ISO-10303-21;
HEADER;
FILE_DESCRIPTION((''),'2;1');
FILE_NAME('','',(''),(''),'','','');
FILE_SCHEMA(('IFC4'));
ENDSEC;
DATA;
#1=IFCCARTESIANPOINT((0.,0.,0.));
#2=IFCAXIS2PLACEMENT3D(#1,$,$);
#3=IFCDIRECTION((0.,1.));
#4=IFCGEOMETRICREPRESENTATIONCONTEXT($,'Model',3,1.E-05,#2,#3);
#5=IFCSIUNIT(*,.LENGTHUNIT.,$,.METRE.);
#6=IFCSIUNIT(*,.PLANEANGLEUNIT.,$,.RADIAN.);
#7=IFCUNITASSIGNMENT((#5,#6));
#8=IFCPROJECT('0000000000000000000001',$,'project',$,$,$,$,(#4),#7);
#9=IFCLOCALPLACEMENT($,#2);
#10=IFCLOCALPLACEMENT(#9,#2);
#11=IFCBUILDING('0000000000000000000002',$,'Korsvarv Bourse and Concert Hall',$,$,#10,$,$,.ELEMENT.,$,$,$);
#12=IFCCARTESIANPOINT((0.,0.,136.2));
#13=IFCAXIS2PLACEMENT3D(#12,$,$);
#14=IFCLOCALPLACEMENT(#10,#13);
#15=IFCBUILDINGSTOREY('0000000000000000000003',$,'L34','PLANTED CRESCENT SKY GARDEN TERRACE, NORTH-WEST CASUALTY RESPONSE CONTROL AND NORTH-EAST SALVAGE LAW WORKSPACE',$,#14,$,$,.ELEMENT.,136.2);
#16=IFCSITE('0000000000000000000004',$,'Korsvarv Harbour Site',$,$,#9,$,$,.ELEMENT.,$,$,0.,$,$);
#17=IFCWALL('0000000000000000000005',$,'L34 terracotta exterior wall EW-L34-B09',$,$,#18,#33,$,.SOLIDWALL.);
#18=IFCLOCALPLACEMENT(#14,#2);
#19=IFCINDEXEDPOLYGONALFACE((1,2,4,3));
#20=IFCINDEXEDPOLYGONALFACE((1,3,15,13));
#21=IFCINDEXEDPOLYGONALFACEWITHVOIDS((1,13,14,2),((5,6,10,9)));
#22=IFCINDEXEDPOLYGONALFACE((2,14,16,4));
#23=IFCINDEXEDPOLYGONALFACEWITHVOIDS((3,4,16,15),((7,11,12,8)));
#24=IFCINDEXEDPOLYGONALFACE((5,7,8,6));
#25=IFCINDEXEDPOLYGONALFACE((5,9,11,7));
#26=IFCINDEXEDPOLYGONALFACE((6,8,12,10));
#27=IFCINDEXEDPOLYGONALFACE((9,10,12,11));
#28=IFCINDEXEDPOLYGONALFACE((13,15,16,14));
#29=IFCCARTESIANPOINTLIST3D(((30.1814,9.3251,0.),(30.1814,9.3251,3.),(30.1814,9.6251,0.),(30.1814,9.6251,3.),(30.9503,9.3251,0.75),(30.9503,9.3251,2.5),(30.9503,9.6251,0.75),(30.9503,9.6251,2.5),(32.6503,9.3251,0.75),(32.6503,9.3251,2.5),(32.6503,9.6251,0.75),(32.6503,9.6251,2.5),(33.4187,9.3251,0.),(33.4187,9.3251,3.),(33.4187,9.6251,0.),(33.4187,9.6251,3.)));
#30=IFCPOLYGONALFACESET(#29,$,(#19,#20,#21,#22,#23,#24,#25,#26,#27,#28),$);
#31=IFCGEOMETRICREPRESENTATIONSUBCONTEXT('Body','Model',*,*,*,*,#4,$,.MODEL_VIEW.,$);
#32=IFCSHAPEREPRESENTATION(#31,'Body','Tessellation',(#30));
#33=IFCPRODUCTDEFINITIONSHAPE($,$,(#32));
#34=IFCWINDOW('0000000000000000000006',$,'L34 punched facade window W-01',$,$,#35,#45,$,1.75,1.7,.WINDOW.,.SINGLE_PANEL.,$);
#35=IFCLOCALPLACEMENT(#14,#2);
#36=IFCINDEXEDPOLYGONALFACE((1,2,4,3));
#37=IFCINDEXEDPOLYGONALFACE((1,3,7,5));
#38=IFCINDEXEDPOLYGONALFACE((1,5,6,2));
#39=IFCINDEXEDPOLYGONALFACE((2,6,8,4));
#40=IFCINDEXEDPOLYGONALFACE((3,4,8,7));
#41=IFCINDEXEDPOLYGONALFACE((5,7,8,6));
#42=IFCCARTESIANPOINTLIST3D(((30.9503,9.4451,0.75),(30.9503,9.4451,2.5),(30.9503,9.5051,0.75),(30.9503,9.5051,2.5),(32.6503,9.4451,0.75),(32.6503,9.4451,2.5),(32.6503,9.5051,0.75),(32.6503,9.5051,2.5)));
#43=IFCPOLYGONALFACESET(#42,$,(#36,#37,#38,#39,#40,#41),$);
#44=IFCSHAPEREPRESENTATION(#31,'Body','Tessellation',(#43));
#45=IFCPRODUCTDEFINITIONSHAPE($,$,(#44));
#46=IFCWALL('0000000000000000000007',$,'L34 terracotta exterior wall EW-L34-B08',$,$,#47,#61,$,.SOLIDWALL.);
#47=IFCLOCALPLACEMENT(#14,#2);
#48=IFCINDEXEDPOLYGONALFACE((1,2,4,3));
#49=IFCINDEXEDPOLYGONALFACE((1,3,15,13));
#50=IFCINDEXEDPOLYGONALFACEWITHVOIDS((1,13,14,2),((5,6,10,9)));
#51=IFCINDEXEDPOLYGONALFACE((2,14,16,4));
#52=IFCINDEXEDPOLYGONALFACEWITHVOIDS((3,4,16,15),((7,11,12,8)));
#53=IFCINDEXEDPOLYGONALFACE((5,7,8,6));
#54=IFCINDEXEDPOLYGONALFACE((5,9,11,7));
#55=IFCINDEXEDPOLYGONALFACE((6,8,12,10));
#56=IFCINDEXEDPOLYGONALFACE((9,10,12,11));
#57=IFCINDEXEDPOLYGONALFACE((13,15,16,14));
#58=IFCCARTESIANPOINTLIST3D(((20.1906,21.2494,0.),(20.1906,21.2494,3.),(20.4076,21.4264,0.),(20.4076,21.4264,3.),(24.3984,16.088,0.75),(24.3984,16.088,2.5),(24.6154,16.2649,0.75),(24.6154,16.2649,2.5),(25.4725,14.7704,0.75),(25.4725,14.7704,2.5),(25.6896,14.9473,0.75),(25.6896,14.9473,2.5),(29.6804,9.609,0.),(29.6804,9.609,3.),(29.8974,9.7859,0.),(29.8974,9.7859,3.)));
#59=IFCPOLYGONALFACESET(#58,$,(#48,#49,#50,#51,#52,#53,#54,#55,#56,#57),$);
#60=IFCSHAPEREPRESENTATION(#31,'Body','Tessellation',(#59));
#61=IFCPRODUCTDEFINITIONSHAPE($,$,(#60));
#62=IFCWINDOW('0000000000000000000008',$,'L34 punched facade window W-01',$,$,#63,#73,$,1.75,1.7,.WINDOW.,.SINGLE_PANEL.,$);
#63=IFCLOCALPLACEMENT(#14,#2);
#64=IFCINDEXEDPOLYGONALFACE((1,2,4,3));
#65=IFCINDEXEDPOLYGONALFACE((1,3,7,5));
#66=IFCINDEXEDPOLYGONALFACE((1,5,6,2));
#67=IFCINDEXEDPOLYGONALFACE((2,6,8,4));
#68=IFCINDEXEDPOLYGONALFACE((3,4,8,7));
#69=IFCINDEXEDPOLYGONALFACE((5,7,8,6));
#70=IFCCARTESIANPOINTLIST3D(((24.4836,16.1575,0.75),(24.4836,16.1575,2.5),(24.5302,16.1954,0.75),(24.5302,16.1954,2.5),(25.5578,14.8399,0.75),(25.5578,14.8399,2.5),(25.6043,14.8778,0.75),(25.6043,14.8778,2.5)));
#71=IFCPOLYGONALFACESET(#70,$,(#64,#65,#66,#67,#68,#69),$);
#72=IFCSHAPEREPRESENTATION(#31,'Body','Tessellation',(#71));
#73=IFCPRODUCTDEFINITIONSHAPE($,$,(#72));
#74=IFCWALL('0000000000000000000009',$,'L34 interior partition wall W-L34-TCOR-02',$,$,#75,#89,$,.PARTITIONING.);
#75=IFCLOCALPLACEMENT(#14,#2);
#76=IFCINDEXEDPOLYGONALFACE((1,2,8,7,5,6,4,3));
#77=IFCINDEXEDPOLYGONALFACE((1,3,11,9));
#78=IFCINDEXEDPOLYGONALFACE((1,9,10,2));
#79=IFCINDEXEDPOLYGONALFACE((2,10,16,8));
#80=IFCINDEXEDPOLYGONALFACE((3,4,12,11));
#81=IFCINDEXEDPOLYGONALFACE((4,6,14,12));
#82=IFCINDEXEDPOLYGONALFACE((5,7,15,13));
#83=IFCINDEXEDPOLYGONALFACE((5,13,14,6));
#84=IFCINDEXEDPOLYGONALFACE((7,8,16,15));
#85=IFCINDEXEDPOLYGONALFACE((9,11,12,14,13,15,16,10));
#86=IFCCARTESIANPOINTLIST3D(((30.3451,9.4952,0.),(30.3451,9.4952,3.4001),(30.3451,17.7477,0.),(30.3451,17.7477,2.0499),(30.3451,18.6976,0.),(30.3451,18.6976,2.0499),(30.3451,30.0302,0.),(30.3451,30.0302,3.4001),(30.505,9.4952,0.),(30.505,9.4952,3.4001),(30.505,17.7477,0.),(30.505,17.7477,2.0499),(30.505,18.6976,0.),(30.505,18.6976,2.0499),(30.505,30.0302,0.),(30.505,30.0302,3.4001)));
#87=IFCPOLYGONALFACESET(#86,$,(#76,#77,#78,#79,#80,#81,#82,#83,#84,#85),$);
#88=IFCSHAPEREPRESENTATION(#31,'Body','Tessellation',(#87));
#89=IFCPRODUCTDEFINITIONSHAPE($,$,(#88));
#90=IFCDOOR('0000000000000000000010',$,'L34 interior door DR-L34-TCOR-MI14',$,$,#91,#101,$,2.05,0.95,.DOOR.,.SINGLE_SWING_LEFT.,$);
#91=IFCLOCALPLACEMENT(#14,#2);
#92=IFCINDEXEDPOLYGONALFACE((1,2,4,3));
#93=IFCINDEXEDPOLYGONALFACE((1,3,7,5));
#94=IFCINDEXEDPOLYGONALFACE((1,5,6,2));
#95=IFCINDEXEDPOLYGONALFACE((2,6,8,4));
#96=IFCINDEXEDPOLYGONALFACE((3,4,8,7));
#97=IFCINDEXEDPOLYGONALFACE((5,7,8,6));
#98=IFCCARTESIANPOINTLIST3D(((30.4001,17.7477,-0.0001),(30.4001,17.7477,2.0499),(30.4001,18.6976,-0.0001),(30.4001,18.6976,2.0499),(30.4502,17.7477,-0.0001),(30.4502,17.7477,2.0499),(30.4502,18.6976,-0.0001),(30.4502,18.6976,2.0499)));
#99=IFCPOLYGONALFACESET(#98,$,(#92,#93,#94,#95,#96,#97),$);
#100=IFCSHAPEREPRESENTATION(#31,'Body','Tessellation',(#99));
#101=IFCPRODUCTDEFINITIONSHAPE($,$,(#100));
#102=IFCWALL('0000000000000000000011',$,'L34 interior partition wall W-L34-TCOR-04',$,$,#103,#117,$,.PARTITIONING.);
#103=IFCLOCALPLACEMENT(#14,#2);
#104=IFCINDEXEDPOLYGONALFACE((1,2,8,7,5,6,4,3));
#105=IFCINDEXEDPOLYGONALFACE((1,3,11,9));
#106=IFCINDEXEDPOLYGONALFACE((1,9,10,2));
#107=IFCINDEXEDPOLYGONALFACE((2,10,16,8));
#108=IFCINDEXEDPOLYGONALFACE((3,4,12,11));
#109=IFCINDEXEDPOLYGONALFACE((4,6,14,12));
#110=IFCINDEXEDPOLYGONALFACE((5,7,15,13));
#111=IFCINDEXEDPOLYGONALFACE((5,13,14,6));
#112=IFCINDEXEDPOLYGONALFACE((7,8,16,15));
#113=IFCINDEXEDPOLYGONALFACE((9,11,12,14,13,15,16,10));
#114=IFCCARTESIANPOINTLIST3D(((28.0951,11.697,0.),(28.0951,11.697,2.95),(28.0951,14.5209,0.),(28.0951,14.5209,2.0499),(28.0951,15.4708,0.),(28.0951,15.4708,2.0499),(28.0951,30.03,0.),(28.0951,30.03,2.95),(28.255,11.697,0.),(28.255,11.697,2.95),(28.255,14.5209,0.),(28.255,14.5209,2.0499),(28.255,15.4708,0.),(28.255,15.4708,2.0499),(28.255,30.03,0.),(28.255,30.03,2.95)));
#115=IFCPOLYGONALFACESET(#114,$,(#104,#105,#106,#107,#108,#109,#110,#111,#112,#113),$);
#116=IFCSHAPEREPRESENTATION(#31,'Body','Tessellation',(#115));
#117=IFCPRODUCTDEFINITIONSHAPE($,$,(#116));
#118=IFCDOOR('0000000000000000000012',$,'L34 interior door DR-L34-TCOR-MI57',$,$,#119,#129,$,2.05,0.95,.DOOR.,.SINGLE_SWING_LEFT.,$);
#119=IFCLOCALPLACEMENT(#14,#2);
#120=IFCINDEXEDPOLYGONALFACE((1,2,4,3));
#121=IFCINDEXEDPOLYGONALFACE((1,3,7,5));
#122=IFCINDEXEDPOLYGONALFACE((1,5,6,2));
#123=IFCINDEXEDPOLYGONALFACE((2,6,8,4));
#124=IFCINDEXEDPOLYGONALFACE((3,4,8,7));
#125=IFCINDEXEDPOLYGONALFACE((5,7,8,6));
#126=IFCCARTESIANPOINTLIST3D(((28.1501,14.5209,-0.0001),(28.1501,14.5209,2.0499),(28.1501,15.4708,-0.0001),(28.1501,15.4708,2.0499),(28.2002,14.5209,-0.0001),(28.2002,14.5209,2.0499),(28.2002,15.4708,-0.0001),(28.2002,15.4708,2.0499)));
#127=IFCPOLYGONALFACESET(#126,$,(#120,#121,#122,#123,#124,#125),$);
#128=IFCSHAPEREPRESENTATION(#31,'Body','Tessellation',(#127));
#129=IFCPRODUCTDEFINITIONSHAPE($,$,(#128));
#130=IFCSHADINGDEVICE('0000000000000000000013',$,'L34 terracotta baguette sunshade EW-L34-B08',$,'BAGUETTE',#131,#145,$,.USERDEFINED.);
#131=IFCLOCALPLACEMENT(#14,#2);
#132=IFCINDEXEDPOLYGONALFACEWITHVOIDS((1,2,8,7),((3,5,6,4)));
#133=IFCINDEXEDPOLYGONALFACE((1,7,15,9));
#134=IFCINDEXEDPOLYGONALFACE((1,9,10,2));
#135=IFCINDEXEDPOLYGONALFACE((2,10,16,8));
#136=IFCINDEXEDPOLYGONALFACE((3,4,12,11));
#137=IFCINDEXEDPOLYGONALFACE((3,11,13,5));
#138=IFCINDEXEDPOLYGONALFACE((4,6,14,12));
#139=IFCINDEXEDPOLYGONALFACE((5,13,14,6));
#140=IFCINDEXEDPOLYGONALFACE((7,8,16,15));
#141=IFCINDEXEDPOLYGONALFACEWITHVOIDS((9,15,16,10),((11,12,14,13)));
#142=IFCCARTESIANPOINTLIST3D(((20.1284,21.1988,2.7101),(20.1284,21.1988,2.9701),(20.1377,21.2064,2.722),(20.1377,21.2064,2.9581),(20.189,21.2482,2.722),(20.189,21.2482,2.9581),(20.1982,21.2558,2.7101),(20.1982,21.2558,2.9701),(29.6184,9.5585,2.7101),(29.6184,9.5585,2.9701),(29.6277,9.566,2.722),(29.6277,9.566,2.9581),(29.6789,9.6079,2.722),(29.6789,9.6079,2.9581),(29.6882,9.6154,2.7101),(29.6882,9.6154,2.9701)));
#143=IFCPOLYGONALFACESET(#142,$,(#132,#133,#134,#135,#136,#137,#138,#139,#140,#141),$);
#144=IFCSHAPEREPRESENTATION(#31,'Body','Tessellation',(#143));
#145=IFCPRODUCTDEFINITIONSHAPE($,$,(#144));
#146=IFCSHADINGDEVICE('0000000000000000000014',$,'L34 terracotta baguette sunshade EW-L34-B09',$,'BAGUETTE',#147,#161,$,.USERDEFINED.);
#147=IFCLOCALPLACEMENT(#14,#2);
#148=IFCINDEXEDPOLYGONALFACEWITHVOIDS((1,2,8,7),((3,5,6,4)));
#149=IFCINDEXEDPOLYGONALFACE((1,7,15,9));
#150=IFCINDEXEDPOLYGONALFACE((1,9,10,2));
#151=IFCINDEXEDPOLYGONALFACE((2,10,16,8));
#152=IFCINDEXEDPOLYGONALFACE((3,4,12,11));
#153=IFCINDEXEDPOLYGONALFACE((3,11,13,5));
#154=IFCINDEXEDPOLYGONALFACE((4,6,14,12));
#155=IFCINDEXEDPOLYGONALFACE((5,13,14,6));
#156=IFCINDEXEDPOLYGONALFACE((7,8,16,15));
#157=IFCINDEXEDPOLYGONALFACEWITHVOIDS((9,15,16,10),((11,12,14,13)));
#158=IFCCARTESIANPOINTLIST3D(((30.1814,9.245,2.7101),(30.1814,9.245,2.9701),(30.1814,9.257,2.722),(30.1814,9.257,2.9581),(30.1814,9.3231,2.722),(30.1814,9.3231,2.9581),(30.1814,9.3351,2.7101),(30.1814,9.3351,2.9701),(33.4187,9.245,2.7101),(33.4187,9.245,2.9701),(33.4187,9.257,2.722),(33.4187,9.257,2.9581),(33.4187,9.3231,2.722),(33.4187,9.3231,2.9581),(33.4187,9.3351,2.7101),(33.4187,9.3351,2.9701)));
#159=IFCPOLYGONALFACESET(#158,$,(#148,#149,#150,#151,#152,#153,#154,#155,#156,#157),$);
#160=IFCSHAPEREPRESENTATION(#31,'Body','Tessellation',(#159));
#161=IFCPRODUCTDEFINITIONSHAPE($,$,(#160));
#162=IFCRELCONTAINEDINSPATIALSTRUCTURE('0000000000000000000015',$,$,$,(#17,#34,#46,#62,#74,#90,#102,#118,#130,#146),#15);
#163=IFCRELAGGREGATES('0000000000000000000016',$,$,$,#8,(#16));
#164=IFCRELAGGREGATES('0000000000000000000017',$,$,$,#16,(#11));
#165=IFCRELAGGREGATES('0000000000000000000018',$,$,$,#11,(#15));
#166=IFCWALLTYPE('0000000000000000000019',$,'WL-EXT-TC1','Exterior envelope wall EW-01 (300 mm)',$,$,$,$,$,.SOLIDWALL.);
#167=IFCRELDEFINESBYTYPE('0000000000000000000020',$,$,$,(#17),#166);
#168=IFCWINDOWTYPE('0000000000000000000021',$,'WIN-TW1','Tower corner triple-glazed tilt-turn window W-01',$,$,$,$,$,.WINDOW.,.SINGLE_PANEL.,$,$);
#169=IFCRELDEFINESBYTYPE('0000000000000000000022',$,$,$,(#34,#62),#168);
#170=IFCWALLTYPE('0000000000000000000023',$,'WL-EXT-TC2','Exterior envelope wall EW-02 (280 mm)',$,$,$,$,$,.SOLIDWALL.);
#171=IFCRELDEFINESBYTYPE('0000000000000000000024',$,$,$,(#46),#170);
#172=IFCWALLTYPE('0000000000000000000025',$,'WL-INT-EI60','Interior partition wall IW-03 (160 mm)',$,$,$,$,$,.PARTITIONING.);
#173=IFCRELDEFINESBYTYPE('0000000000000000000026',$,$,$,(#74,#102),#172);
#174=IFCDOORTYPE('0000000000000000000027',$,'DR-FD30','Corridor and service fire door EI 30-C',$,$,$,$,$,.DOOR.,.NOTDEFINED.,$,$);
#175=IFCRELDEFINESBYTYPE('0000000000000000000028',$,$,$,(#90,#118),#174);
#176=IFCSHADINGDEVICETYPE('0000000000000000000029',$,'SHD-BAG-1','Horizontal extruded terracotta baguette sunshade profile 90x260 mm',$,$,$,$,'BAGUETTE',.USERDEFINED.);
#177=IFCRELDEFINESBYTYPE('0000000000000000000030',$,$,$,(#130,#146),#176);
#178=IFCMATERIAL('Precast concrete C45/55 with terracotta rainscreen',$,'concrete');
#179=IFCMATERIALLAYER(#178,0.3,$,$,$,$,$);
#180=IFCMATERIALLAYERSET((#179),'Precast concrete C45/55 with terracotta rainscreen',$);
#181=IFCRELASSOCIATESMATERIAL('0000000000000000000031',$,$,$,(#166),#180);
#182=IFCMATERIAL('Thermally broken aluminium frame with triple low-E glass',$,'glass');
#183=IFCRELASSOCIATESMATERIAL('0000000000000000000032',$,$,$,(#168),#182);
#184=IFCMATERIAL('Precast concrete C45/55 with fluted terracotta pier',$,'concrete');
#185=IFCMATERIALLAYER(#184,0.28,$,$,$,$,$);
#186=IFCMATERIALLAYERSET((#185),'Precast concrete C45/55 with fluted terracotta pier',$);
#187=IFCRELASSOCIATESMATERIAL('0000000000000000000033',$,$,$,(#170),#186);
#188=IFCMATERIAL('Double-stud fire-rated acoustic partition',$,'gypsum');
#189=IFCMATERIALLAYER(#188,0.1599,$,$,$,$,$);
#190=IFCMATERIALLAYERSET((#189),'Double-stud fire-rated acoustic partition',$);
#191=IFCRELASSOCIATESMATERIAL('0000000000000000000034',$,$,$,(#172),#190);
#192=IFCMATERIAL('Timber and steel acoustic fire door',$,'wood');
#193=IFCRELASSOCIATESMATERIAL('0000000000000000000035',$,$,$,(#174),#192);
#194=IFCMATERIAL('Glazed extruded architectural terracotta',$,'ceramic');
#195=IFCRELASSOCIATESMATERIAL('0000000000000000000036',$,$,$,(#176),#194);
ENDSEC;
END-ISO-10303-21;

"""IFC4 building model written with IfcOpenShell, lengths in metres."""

from ifc_helpers import new_model, si_unit, direction, frame, frame_2d, origin, origin_2d, place, context, subcontext, project, spatial, rectangle, hollow_rectangle, extrude, source, transform, mapped, material, layer, layer_set, material_profile, profile_set, type_object, element, fill, save


model = new_model("IFC4")

# Units and contexts
model_context = context("Model", 3, precision=1e-05, world=origin(), true_north=direction((0.0, 1.0)))
body_context = subcontext(model_context, "Body", "Model", "MODEL_VIEW")
ifc_project = project(units=[si_unit("LENGTHUNIT", "METRE"), si_unit("PLANEANGLEUNIT", "RADIAN")], contexts=[model_context])

# Site, building, storey
site_placement = place(None, origin())
site = spatial("IfcSite", under=ifc_project, at=site_placement, Name="Korsvarv Harbour Site", CompositionType="ELEMENT", RefElevation=0.0)
building_placement = place(site_placement, origin())
building = spatial("IfcBuilding", under=site, at=building_placement, Name="Korsvarv Bourse and Concert Hall", CompositionType="ELEMENT")
storey_placement = place(building_placement, frame((0.0, 0.0, 136.2)))
storey = spatial("IfcBuildingStorey", under=building, at=storey_placement, Name="L34", Description="PLANTED CRESCENT SKY GARDEN TERRACE, NORTH-WEST CASUALTY RESPONSE CONTROL AND NORTH-EAST SALVAGE LAW WORKSPACE", CompositionType="ELEMENT", Elevation=136.2)

# Walls, openings, windows
ifc_material_1 = material(Name="Precast concrete C45/55 with terracotta rainscreen", Category="concrete")
ifc_layer_1 = layer(ifc_material_1, 0.3)
ifc_layer_set_1 = layer_set([ifc_layer_1], Name="Precast concrete C45/55 with terracotta rainscreen")
wall_type_1 = type_object("IfcWallType", Name="WL-EXT-TC1", Description="Exterior envelope wall EW-01 (300 mm)", PredefinedType="SOLIDWALL", material=ifc_layer_set_1)
wall_1_placement = place(storey_placement, frame((30.1814, 9.4751, 0.0), z_axis=(0.0, 0.0, 1.0), x_axis=(1.0, 0.0, 0.0)))
wall_1 = element("IfcWall", 1, at=wall_1_placement, inside=storey, type_object=wall_type_1, Name="L34 terracotta exterior wall EW-L34-B09", PredefinedType="SOLIDWALL", context=body_context, shape_type="SweptSolid", body=[
    extrude(rectangle(XDim=3.2373, YDim=0.3, at=frame_2d((1.6187, 0.0))), origin(), (0.0, 0.0, 1.0), 3.0),
])
opening_1_placement = place(wall_1_placement, frame((0.7688, 0.0, 0.75)))
opening_1 = element("IfcOpeningElement", 2, at=opening_1_placement, cuts=wall_1, PredefinedType="OPENING", context=body_context, shape_type="SweptSolid", body=[
    extrude(rectangle(XDim=1.7, YDim=1.75, at=frame_2d((0.8501, 0.875))), frame((0.0, 0.1602, 0.0), z_axis=(0.0, -1.0, 0.0), x_axis=(1.0, 0.0, 0.0)), (0.0, 0.0, 1.0), 0.3201),
])
ifc_material_2 = material(Name="Thermally broken aluminium frame with triple low-E glass", Category="glass")
window_type = type_object("IfcWindowType", Name="WIN-TW1", Description="Tower corner triple-glazed tilt-turn window W-01", PartitioningType="SINGLE_PANEL", PredefinedType="WINDOW", material=ifc_material_2)
window_1_placement = place(opening_1_placement, origin())
window_1 = element("IfcWindow", 3, at=window_1_placement, inside=storey, type_object=window_type, Name="L34 punched facade window W-01", OverallHeight=1.75, OverallWidth=1.7, PartitioningType="SINGLE_PANEL", PredefinedType="WINDOW", context=body_context, shape_type="SweptSolid", body=[
    extrude(rectangle(XDim=1.7, YDim=1.75, at=frame_2d((0.8501, 0.875))), frame((0.0, 0.03, 0.0), z_axis=(0.0, -1.0, 0.0), x_axis=(1.0, 0.0, 0.0)), (0.0, 0.0, 1.0), 0.0601),
])
fill(opening_1, window_1)
ifc_material_3 = material(Name="Precast concrete C45/55 with fluted terracotta pier", Category="concrete")
ifc_layer_2 = layer(ifc_material_3, 0.28)
ifc_layer_set_2 = layer_set([ifc_layer_2], Name="Precast concrete C45/55 with fluted terracotta pier")
wall_type_2 = type_object("IfcWallType", Name="WL-EXT-TC2", Description="Exterior envelope wall EW-02 (280 mm)", PredefinedType="SOLIDWALL", material=ifc_layer_set_2)
wall_2_placement = place(storey_placement, frame((20.2991, 21.3379, 0.0), z_axis=(0.0, 0.0, 1.0), x_axis=(0.631873, -0.775072, 0.0)))
wall_2 = element("IfcWall", 4, at=wall_2_placement, inside=storey, type_object=wall_type_2, Name="L34 terracotta exterior wall EW-L34-B08", PredefinedType="SOLIDWALL", context=body_context, shape_type="SweptSolid", body=[
    extrude(rectangle(XDim=15.0186, YDim=0.28, at=frame_2d((7.5093, 0.0))), origin(), (0.0, 0.0, 1.0), 3.0),
])
opening_2_placement = place(wall_2_placement, frame((6.6592, 0.0, 0.75)))
opening_2 = element("IfcOpeningElement", 5, at=opening_2_placement, cuts=wall_2, PredefinedType="OPENING", context=body_context, shape_type="SweptSolid", body=[
    extrude(rectangle(XDim=1.7, YDim=1.75, at=frame_2d((0.8501, 0.875))), frame((0.0, 0.1499, 0.0), z_axis=(0.0, -1.0, 0.0), x_axis=(1.0, 0.0, 0.0)), (0.0, 0.0, 1.0), 0.3),
])
window_2_placement = place(opening_2_placement, origin())
window_2 = element("IfcWindow", 6, at=window_2_placement, inside=storey, type_object=window_type, Name="L34 punched facade window W-01", OverallHeight=1.75, OverallWidth=1.7, PartitioningType="SINGLE_PANEL", PredefinedType="WINDOW", context=body_context, shape_type="SweptSolid", body=[
    extrude(rectangle(XDim=1.7, YDim=1.75, at=frame_2d((0.8501, 0.875))), frame((0.0, 0.03, 0.0), z_axis=(0.0, -1.0, 0.0), x_axis=(1.0, 0.0, 0.0)), (0.0, 0.0, 1.0), 0.0601),
])
fill(opening_2, window_2)

# Walls, openings, doors
ifc_material_4 = material(Name="Double-stud fire-rated acoustic partition", Category="gypsum")
ifc_layer_3 = layer(ifc_material_4, 0.1599)
ifc_layer_set_3 = layer_set([ifc_layer_3], Name="Double-stud fire-rated acoustic partition")
wall_type_3 = type_object("IfcWallType", Name="WL-INT-EI60", Description="Interior partition wall IW-03 (160 mm)", PredefinedType="PARTITIONING", material=ifc_layer_set_3)
wall_3_placement = place(storey_placement, frame((30.425, 9.4951, 0.0), z_axis=(0.0, 0.0, 1.0), x_axis=(0.0, 1.0, 0.0)))
wall_3 = element("IfcWall", 7, at=wall_3_placement, inside=storey, type_object=wall_type_3, Name="L34 interior partition wall W-L34-TCOR-02", PredefinedType="PARTITIONING", context=body_context, shape_type="SweptSolid", body=[
    extrude(rectangle(XDim=20.5349, YDim=0.1599, at=frame_2d((10.2676, 0.0))), origin(), (0.0, 0.0, 1.0), 3.4001),
])
opening_3_placement = place(wall_3_placement, frame((8.2524, 0.0, 0.0)))
opening_3 = element("IfcOpeningElement", 8, at=opening_3_placement, cuts=wall_3, PredefinedType="OPENING", context=body_context, shape_type="SweptSolid", body=[
    extrude(rectangle(XDim=0.95, YDim=2.05, at=frame_2d((0.4751, 1.0249))), frame((0.0, 0.0898, 0.0), z_axis=(0.0, -1.0, 0.0), x_axis=(1.0, 0.0, 0.0)), (0.0, 0.0, 1.0), 0.1799),
])
ifc_material_5 = material(Name="Timber and steel acoustic fire door", Category="wood")
door_type = type_object("IfcDoorType", Name="DR-FD30", Description="Corridor and service fire door EI 30-C", OperationType="NOTDEFINED", PredefinedType="DOOR", material=ifc_material_5)
door_1_placement = place(opening_3_placement, origin())
door_1 = element("IfcDoor", 9, at=door_1_placement, inside=storey, type_object=door_type, Name="L34 interior door DR-L34-TCOR-MI14", OperationType="SINGLE_SWING_LEFT", OverallHeight=2.05, OverallWidth=0.95, PredefinedType="DOOR", context=body_context, shape_type="SweptSolid", body=[
    extrude(rectangle(XDim=0.95, YDim=2.05, at=frame_2d((0.4751, 1.0249))), frame((0.0, 0.0249, 0.0), z_axis=(0.0, -1.0, 0.0), x_axis=(1.0, 0.0, 0.0)), (0.0, 0.0, 1.0), 0.05),
])
fill(opening_3, door_1)
wall_4_placement = place(storey_placement, frame((28.175, 11.697, 0.0), z_axis=(0.0, 0.0, 1.0), x_axis=(0.0, 1.0, 0.0)))
wall_4 = element("IfcWall", 10, at=wall_4_placement, inside=storey, type_object=wall_type_3, Name="L34 interior partition wall W-L34-TCOR-04", PredefinedType="PARTITIONING", context=body_context, shape_type="SweptSolid", body=[
    extrude(rectangle(XDim=18.333, YDim=0.1599, at=frame_2d((9.1665, 0.0))), origin(), (0.0, 0.0, 1.0), 2.95),
])
opening_4_placement = place(wall_4_placement, frame((2.8237, 0.0, 0.0)))
opening_4 = element("IfcOpeningElement", 11, at=opening_4_placement, cuts=wall_4, PredefinedType="OPENING", context=body_context, shape_type="SweptSolid", body=[
    extrude(rectangle(XDim=0.95, YDim=2.05, at=frame_2d((0.4751, 1.0249))), frame((0.0, 0.0898, 0.0), z_axis=(0.0, -1.0, 0.0), x_axis=(1.0, 0.0, 0.0)), (0.0, 0.0, 1.0), 0.1799),
])
door_2_placement = place(opening_4_placement, origin())
door_2 = element("IfcDoor", 12, at=door_2_placement, inside=storey, type_object=door_type, Name="L34 interior door DR-L34-TCOR-MI57", OperationType="SINGLE_SWING_LEFT", OverallHeight=2.05, OverallWidth=0.95, PredefinedType="DOOR", context=body_context, shape_type="SweptSolid", body=[
    extrude(rectangle(XDim=0.95, YDim=2.05, at=frame_2d((0.4751, 1.0249))), frame((0.0, 0.0249, 0.0), z_axis=(0.0, -1.0, 0.0), x_axis=(1.0, 0.0, 0.0)), (0.0, 0.0, 1.0), 0.05),
])
fill(opening_4, door_2)

# Shading devices
ifc_material_6 = material(Name="Glazed extruded architectural terracotta", Category="ceramic")
ifc_material_profile_1 = material_profile(ifc_material_6, hollow_rectangle(XDim=0.0901, YDim=0.26, WallThickness=0.012, at=origin_2d()), Name="TC-BAG 90x260")
ifc_profile_set_1 = profile_set([ifc_material_profile_1], Name="Glazed extruded architectural terracotta")
shading_device_type = type_object("IfcShadingDeviceType", Name="SHD-BAG-1", Description="Horizontal extruded terracotta baguette sunshade profile 90x260 mm", ElementType="BAGUETTE", PredefinedType="USERDEFINED", material=ifc_profile_set_1)
shared_shape_1 = source(origin(), body_context, "Body", "SweptSolid", [
    extrude(hollow_rectangle(XDim=0.0901, YDim=0.26, WallThickness=0.012, at=origin_2d()), origin(), (0.0, 0.0, 1.0), 15.0186),
])
shading_device_1_placement = place(storey_placement, frame((20.1633, 21.2273, 2.8401), z_axis=(0.631882, -0.775064, 0.0), x_axis=(0.775064, 0.631882, 0.0)))
element("IfcShadingDevice", 13, at=shading_device_1_placement, inside=storey, type_object=shading_device_type, Name="L34 terracotta baguette sunshade EW-L34-B08", ObjectType="BAGUETTE", PredefinedType="USERDEFINED", context=body_context, shape_type="MappedRepresentation", body=[
    mapped(shared_shape_1, transform((0.0, 0.0, 0.0), scale=1.0)),
])
shared_shape_2 = source(origin(), body_context, "Body", "SweptSolid", [
    extrude(hollow_rectangle(XDim=0.0901, YDim=0.26, WallThickness=0.012, at=origin_2d()), origin(), (0.0, 0.0, 1.0), 3.2373),
])
shading_device_2_placement = place(storey_placement, frame((30.1814, 9.29, 2.8401), z_axis=(1.0, 0.0, 0.0), x_axis=(0.0, 1.0, 0.0)))
element("IfcShadingDevice", 14, at=shading_device_2_placement, inside=storey, type_object=shading_device_type, Name="L34 terracotta baguette sunshade EW-L34-B09", ObjectType="BAGUETTE", PredefinedType="USERDEFINED", context=body_context, shape_type="MappedRepresentation", body=[
    mapped(shared_shape_2, transform((0.0, 0.0, 0.0), scale=1.0)),
])

save(model, "model.ifc")
